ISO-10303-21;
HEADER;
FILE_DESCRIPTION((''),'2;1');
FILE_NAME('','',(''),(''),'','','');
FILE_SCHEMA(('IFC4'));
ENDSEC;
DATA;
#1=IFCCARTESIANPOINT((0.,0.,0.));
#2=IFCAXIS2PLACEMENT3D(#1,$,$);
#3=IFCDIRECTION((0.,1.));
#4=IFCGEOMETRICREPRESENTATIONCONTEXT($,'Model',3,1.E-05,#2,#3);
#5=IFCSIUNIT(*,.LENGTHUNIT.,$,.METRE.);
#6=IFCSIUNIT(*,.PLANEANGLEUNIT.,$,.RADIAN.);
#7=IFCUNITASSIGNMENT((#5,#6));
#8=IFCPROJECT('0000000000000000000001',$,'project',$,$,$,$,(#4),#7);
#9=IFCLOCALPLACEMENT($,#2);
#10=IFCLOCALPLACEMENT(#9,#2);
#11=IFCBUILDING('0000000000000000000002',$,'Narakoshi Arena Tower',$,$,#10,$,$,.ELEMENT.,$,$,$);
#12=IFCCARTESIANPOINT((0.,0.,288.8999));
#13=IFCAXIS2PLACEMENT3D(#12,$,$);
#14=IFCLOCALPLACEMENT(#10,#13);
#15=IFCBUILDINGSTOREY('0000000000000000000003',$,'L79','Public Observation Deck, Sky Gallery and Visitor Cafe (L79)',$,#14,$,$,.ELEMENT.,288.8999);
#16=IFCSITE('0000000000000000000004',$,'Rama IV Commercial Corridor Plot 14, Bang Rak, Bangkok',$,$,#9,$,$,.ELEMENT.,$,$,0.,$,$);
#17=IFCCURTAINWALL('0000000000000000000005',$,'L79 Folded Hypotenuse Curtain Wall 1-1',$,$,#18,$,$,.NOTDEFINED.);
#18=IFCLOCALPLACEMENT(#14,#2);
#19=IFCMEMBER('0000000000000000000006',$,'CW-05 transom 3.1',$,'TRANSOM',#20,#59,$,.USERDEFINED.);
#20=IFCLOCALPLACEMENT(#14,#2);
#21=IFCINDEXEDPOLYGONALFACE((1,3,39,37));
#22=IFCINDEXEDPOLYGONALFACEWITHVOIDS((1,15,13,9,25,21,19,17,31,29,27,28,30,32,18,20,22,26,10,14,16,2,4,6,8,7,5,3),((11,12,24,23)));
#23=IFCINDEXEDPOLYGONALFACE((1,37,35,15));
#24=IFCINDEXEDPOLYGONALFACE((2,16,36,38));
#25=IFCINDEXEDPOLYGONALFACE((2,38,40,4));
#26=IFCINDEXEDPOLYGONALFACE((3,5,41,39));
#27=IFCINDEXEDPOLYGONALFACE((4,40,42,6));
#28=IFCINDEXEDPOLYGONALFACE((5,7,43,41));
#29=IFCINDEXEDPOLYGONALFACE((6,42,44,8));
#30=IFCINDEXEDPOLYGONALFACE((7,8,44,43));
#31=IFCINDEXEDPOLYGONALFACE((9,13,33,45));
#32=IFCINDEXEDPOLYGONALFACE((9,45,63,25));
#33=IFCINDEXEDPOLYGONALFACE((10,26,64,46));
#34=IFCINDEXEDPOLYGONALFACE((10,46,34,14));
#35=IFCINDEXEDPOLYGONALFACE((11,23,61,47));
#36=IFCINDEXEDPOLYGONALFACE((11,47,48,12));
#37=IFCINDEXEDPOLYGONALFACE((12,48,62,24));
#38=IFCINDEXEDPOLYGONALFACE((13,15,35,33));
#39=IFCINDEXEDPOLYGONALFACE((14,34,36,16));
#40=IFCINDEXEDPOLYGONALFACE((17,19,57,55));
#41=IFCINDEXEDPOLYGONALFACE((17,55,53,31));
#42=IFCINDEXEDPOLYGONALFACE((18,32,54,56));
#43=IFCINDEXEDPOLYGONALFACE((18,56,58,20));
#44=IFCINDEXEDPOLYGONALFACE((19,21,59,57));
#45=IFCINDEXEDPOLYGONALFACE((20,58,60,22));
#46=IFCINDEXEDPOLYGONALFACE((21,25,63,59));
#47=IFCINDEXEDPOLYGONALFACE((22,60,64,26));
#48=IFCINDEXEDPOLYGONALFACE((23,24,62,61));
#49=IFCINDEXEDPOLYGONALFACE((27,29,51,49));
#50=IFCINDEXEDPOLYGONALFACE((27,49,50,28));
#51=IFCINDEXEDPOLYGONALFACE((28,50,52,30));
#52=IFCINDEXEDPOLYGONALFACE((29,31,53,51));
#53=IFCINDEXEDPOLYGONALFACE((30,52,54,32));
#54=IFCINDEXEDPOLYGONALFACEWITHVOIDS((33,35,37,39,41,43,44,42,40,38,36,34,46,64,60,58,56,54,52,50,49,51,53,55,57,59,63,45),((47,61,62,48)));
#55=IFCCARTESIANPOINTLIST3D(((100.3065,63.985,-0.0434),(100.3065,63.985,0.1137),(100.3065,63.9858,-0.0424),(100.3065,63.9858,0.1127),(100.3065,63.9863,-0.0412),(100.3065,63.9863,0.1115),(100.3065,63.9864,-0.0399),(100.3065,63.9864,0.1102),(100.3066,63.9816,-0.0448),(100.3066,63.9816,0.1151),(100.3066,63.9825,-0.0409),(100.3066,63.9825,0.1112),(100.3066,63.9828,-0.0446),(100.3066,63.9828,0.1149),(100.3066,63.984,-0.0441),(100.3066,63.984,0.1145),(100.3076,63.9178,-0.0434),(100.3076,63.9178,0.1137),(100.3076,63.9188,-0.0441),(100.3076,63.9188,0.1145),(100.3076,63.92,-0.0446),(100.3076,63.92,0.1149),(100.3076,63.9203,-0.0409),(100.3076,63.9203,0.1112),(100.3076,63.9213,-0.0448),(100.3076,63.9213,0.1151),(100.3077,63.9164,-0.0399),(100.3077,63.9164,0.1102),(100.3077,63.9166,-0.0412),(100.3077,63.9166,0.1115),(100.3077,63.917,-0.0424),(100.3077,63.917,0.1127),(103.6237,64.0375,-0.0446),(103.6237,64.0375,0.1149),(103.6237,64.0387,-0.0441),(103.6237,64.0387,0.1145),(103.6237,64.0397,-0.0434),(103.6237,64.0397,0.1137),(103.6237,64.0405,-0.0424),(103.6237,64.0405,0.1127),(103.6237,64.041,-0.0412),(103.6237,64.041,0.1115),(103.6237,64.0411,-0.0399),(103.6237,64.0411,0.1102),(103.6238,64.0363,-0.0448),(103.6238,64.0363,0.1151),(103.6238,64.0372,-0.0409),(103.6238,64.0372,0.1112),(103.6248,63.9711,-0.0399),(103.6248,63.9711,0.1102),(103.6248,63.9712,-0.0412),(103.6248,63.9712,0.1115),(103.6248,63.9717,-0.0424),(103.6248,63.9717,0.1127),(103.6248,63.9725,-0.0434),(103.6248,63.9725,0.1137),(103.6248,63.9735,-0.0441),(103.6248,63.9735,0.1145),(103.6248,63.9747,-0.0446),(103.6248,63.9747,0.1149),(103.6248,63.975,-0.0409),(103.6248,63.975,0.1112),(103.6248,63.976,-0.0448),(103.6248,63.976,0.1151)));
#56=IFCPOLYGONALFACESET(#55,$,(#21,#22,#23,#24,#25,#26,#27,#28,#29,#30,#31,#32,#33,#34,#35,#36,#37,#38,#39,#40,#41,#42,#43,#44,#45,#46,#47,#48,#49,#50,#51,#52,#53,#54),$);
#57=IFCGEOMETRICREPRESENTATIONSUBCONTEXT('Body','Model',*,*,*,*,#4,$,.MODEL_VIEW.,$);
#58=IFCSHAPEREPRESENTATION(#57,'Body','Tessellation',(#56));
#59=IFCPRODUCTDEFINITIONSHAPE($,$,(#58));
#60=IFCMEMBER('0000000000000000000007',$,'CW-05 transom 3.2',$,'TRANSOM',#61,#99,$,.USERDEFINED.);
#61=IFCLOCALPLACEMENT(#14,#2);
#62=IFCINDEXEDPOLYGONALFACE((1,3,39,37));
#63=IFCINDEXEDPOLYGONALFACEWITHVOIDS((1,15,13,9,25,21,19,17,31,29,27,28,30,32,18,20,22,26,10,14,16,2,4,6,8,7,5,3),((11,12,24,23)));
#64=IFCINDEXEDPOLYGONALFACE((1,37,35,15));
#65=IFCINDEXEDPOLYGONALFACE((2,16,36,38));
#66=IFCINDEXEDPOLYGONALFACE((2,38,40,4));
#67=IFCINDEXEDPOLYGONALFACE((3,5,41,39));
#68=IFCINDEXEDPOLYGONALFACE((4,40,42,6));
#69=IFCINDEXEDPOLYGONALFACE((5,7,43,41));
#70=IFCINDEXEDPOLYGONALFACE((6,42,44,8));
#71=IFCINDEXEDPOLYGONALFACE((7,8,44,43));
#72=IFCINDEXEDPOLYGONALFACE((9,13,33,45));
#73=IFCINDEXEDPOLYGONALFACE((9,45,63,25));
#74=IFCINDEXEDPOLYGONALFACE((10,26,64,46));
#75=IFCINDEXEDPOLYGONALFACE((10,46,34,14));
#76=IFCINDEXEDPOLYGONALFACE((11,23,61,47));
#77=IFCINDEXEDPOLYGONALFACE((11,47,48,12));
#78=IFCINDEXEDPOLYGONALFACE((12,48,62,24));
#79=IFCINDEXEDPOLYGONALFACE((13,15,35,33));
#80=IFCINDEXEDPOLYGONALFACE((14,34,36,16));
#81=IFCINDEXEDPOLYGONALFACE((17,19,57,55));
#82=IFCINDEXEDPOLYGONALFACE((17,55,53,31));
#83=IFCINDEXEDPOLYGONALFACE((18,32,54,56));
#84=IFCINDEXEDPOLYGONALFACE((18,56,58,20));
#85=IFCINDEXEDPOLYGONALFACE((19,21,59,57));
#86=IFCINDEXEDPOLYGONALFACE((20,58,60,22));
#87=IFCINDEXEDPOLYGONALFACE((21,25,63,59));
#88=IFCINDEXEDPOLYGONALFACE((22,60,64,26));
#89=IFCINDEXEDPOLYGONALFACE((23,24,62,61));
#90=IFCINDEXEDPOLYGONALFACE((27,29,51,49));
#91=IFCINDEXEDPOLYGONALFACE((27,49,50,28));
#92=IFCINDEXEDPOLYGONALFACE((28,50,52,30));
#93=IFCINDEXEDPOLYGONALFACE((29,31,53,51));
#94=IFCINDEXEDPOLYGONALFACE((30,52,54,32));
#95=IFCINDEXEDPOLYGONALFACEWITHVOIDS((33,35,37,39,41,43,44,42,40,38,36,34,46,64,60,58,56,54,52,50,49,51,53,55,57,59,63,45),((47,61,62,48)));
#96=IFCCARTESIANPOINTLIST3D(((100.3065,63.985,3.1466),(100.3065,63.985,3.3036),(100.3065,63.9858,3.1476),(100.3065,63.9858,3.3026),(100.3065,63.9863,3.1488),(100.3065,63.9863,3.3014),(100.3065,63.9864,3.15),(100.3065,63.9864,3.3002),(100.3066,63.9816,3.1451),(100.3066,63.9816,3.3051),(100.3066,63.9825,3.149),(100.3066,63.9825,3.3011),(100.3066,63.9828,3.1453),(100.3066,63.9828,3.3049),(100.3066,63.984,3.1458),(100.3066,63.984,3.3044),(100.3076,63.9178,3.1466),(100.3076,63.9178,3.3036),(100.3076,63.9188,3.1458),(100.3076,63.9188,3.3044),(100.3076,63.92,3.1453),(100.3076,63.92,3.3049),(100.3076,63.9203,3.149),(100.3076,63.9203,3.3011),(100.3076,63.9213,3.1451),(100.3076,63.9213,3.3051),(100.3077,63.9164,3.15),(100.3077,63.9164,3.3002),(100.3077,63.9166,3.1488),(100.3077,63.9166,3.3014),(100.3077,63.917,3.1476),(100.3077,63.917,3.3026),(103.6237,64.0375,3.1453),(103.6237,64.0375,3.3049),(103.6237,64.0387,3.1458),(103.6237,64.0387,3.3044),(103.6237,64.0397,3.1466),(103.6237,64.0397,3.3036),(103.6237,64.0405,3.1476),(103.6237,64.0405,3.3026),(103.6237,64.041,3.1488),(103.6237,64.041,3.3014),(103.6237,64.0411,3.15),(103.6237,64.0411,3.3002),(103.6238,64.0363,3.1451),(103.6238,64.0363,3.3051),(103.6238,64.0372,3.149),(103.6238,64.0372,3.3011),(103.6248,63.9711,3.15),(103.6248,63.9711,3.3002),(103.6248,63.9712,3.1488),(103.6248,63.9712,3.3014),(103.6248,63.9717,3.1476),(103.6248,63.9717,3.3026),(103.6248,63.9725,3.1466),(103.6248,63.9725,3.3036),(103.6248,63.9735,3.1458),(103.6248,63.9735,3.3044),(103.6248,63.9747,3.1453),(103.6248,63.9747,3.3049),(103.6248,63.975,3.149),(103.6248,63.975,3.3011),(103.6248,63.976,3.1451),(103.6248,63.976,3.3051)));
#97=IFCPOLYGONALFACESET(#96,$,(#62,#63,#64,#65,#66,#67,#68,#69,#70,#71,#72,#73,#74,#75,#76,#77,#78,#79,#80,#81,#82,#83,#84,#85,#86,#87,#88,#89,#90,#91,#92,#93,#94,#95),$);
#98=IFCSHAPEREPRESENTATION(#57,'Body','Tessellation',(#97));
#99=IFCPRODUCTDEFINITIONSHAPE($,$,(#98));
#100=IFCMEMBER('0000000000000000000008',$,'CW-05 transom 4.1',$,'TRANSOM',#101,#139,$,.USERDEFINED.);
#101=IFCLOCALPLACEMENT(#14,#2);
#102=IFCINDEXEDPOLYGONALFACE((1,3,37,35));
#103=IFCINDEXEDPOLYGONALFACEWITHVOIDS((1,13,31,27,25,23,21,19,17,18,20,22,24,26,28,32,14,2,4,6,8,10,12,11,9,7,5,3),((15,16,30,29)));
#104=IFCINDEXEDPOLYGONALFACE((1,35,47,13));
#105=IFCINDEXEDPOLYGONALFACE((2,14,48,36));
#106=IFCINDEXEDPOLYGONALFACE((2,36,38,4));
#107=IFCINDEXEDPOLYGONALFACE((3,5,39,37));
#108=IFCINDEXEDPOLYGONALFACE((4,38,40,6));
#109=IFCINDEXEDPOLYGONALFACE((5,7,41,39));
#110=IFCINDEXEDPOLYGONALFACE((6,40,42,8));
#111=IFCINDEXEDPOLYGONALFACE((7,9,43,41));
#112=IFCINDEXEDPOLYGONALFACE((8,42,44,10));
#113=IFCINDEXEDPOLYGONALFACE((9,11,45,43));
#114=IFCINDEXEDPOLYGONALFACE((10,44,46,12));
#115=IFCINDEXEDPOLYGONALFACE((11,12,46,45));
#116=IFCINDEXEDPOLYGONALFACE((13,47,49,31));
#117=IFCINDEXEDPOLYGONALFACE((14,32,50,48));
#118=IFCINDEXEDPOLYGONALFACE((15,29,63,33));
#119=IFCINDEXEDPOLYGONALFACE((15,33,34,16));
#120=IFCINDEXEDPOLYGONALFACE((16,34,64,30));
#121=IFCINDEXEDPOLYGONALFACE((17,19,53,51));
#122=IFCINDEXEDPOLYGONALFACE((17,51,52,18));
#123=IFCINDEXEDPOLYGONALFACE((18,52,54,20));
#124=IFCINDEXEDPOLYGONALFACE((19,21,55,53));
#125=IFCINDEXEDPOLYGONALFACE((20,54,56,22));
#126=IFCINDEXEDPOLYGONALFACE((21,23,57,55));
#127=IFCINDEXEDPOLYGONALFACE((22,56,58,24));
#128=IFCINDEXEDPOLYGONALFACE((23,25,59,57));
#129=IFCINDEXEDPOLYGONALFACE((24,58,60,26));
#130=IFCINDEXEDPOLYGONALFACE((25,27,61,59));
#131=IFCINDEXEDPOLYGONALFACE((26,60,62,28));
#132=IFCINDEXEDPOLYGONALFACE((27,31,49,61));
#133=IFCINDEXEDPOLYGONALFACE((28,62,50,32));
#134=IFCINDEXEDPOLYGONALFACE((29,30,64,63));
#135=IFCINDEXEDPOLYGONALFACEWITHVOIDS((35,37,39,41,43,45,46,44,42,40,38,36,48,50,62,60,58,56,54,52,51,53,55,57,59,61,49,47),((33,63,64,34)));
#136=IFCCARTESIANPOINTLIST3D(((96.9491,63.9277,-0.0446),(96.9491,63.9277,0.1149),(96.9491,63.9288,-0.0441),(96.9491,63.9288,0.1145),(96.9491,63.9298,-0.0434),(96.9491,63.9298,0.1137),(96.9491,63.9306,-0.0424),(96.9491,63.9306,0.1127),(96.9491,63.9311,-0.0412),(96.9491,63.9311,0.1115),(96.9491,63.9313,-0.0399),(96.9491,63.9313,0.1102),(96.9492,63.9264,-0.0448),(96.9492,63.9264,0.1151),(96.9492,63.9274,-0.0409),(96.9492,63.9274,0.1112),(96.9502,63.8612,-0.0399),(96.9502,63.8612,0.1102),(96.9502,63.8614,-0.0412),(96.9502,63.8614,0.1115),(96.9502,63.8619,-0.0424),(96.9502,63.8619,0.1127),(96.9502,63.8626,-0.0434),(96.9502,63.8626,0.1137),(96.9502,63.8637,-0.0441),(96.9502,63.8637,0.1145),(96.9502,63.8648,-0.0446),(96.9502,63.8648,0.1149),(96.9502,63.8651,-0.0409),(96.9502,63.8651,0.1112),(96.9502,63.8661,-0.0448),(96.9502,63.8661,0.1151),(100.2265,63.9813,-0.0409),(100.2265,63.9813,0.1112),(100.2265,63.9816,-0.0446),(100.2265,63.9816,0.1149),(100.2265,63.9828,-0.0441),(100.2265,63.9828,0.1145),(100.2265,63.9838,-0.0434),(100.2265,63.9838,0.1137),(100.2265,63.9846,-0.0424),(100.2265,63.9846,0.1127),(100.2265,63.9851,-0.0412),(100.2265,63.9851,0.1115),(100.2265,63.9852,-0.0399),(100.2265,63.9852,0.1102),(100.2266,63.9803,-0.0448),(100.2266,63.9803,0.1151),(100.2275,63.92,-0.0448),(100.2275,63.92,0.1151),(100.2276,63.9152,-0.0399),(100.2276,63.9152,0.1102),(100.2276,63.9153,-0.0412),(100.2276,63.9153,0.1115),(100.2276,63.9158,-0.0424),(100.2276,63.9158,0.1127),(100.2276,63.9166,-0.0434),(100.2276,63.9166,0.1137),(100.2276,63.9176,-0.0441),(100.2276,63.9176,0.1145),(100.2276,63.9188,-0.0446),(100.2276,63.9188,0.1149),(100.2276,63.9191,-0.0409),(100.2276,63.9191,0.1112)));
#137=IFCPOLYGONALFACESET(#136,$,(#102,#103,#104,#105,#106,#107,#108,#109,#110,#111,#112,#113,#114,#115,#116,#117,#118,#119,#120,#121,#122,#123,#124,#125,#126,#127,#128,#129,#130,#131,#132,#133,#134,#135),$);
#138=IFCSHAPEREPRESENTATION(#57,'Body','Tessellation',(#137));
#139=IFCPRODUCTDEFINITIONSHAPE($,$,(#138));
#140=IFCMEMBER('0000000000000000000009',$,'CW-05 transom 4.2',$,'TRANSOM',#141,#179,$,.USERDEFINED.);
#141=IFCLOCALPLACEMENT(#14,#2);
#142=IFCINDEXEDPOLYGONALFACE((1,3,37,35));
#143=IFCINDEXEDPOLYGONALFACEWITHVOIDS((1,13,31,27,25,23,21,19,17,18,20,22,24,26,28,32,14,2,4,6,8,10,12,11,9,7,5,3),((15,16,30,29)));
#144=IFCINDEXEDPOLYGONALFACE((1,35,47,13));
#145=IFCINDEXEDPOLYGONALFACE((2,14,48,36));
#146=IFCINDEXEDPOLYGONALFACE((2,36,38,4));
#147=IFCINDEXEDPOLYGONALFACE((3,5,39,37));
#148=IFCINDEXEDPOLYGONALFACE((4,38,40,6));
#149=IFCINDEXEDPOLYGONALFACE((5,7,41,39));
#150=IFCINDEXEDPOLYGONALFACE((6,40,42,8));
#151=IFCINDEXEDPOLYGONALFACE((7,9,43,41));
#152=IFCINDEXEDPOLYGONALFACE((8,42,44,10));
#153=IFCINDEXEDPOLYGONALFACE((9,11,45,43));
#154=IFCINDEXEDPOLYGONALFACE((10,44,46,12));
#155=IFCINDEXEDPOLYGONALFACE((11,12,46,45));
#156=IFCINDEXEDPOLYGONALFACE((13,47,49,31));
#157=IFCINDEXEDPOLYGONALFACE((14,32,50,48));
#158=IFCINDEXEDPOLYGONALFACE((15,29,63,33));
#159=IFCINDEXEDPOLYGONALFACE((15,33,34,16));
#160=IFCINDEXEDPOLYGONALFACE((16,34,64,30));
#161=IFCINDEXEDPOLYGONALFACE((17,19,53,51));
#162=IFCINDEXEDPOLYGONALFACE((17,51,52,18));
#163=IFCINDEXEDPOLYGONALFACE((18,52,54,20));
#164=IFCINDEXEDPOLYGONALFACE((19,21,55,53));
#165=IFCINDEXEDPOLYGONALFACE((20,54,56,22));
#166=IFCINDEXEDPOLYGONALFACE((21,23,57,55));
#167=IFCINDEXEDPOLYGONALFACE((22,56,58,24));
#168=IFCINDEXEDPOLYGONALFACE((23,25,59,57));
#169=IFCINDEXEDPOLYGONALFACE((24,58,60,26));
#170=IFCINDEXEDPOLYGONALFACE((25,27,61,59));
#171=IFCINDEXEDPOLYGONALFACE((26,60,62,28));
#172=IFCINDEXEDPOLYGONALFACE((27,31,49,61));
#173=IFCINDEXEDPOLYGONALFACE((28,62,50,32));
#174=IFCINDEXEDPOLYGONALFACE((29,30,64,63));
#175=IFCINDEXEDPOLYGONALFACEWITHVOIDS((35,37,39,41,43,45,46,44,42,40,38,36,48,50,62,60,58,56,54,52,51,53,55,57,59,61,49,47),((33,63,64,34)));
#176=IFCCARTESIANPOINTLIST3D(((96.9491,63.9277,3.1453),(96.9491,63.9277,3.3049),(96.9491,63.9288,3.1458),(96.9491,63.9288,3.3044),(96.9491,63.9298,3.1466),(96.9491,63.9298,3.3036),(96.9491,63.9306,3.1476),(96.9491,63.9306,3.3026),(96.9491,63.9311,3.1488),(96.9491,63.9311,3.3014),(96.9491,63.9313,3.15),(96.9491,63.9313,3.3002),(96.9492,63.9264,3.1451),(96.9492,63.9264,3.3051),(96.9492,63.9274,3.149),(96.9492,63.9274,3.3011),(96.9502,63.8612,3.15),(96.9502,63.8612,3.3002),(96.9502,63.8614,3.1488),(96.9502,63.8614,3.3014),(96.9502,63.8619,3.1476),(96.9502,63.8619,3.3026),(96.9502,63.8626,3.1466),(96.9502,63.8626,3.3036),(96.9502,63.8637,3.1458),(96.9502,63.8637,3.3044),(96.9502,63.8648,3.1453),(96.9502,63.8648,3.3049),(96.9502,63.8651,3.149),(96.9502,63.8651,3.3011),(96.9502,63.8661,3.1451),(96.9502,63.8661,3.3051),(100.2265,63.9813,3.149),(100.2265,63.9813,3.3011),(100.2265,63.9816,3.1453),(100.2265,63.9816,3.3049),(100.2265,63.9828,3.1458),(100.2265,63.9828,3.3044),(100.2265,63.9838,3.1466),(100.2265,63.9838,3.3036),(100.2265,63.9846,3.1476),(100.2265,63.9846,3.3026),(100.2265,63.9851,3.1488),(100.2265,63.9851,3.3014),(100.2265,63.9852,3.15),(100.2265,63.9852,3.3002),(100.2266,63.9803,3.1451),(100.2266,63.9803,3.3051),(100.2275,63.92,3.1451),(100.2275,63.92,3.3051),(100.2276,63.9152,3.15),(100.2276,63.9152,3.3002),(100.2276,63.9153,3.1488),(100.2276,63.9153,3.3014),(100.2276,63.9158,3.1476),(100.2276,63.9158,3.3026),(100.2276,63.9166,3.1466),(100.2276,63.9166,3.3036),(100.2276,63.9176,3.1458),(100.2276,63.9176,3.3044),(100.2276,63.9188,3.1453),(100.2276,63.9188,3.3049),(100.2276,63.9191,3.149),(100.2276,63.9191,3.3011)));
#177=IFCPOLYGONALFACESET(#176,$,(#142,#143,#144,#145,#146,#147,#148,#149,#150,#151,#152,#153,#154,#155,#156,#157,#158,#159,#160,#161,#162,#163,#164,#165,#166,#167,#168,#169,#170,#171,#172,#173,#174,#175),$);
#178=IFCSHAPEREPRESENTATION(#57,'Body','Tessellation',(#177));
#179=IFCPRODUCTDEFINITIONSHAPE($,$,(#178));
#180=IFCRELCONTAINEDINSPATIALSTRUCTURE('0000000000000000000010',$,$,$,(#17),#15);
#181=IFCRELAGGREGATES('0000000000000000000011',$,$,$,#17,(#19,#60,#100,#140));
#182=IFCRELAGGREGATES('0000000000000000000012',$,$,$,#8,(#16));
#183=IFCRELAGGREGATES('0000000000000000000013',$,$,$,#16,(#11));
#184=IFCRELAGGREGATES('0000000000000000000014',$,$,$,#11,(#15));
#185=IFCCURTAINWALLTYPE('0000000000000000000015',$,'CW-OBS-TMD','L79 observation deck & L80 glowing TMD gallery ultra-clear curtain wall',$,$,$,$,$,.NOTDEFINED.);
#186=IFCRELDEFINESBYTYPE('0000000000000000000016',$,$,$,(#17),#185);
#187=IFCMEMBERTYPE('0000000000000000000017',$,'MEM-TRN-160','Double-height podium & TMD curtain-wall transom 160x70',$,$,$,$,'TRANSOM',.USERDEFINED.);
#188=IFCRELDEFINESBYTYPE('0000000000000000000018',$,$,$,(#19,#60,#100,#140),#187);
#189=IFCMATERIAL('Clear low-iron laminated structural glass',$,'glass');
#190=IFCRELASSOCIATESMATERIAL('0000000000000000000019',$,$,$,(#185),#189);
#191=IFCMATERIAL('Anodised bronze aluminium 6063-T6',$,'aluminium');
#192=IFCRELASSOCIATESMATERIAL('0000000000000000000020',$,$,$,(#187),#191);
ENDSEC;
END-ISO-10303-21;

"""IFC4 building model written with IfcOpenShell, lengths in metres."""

from ifc_helpers import new_model, si_unit, direction, frame, origin, origin_2d, place, context, subcontext, project, spatial, hollow_rectangle, extrude, material, material_profile, profile_set, type_object, element, aggregate, save


model = new_model("IFC4")

# Units and contexts
model_context = context("Model", 3, precision=1e-05, world=origin(), true_north=direction((0.0, 1.0)))
body_context = subcontext(model_context, "Body", "Model", "MODEL_VIEW")
ifc_project = project(units=[si_unit("LENGTHUNIT", "METRE"), si_unit("PLANEANGLEUNIT", "RADIAN")], contexts=[model_context])

# Site, building, storey
site_placement = place(None, origin())
site = spatial("IfcSite", under=ifc_project, at=site_placement, Name="Rama IV Commercial Corridor Plot 14, Bang Rak, Bangkok", CompositionType="ELEMENT", RefElevation=0.0)
building_placement = place(site_placement, origin())
building = spatial("IfcBuilding", under=site, at=building_placement, Name="Narakoshi Arena Tower", CompositionType="ELEMENT")
storey_placement = place(building_placement, frame((0.0, 0.0, 288.8999)))
storey = spatial("IfcBuildingStorey", under=building, at=storey_placement, Name="L79", Description="Public Observation Deck, Sky Gallery and Visitor Cafe (L79)", CompositionType="ELEMENT", Elevation=288.8999)

# Curtain wall
ifc_material_1 = material(Name="Clear low-iron laminated structural glass", Category="glass")
curtain_wall_type = type_object("IfcCurtainWallType", Name="CW-OBS-TMD", Description="L79 observation deck & L80 glowing TMD gallery ultra-clear curtain wall", PredefinedType="NOTDEFINED", material=ifc_material_1)
curtain_wall_1_placement = place(storey_placement, origin())
curtain_wall_1 = element("IfcCurtainWall", 1, at=curtain_wall_1_placement, inside=storey, type_object=curtain_wall_type, Name="L79 Folded Hypotenuse Curtain Wall 1-1", PredefinedType="NOTDEFINED")
ifc_material_2 = material(Name="Anodised bronze aluminium 6063-T6", Category="aluminium")

# Members
ifc_material_profile_1 = material_profile(ifc_material_2, hollow_rectangle(XDim=0.0701, YDim=0.1599, WallThickness=0.0039, OuterFilletRadius=0.0049, at=origin_2d()), Name="TRN160x70x4")
ifc_profile_set_1 = profile_set([ifc_material_profile_1], Name="Anodised bronze aluminium 6063-T6")
member_type_1 = type_object("IfcMemberType", Name="MEM-TRN-160", Description="Double-height podium & TMD curtain-wall transom 160x70", ElementType="TRANSOM", PredefinedType="USERDEFINED", material=ifc_profile_set_1)
member_1_placement = place(storey_placement, frame((103.6243, 64.0061, 0.0352), z_axis=(-0.999864, -0.016484, 0.0), x_axis=(0.016484, -0.999864, 0.0)))
member_1 = element("IfcMember", 2, at=member_1_placement, type_object=member_type_1, Name="CW-05 transom 3.1", ObjectType="TRANSOM", PredefinedType="USERDEFINED", context=body_context, shape_type="SweptSolid", body=[
    extrude(hollow_rectangle(XDim=0.0701, YDim=0.1599, WallThickness=0.0039, OuterFilletRadius=0.0049, at=origin_2d()), origin(), (0.0, 0.0, 1.0), 3.3176),
])
member_2_placement = place(storey_placement, frame((103.6243, 64.0061, 3.2251), z_axis=(-0.999864, -0.016484, 0.0), x_axis=(0.016484, -0.999864, 0.0)))
member_2 = element("IfcMember", 3, at=member_2_placement, type_object=member_type_1, Name="CW-05 transom 3.2", ObjectType="TRANSOM", PredefinedType="USERDEFINED", context=body_context, shape_type="SweptSolid", body=[
    extrude(hollow_rectangle(XDim=0.0701, YDim=0.1599, WallThickness=0.0039, OuterFilletRadius=0.0049, at=origin_2d()), origin(), (0.0, 0.0, 1.0), 3.3176),
])
member_3_placement = place(storey_placement, frame((100.2271, 63.9502, 0.0352), z_axis=(-0.999865, -0.016461, 0.0), x_axis=(0.016461, -0.999865, 0.0)))
member_3 = element("IfcMember", 4, at=member_3_placement, type_object=member_type_1, Name="CW-05 transom 4.1", ObjectType="TRANSOM", PredefinedType="USERDEFINED", context=body_context, shape_type="SweptSolid", body=[
    extrude(hollow_rectangle(XDim=0.0701, YDim=0.1599, WallThickness=0.0039, OuterFilletRadius=0.0049, at=origin_2d()), origin(), (0.0, 0.0, 1.0), 3.2778),
])
member_4_placement = place(storey_placement, frame((100.2271, 63.9502, 3.2251), z_axis=(-0.999865, -0.016461, 0.0), x_axis=(0.016461, -0.999865, 0.0)))
member_4 = element("IfcMember", 5, at=member_4_placement, type_object=member_type_1, Name="CW-05 transom 4.2", ObjectType="TRANSOM", PredefinedType="USERDEFINED", context=body_context, shape_type="SweptSolid", body=[
    extrude(hollow_rectangle(XDim=0.0701, YDim=0.1599, WallThickness=0.0039, OuterFilletRadius=0.0049, at=origin_2d()), origin(), (0.0, 0.0, 1.0), 3.2778),
])

aggregate(curtain_wall_1, [member_1, member_2, member_3, member_4])

save(model, "model.ifc")
